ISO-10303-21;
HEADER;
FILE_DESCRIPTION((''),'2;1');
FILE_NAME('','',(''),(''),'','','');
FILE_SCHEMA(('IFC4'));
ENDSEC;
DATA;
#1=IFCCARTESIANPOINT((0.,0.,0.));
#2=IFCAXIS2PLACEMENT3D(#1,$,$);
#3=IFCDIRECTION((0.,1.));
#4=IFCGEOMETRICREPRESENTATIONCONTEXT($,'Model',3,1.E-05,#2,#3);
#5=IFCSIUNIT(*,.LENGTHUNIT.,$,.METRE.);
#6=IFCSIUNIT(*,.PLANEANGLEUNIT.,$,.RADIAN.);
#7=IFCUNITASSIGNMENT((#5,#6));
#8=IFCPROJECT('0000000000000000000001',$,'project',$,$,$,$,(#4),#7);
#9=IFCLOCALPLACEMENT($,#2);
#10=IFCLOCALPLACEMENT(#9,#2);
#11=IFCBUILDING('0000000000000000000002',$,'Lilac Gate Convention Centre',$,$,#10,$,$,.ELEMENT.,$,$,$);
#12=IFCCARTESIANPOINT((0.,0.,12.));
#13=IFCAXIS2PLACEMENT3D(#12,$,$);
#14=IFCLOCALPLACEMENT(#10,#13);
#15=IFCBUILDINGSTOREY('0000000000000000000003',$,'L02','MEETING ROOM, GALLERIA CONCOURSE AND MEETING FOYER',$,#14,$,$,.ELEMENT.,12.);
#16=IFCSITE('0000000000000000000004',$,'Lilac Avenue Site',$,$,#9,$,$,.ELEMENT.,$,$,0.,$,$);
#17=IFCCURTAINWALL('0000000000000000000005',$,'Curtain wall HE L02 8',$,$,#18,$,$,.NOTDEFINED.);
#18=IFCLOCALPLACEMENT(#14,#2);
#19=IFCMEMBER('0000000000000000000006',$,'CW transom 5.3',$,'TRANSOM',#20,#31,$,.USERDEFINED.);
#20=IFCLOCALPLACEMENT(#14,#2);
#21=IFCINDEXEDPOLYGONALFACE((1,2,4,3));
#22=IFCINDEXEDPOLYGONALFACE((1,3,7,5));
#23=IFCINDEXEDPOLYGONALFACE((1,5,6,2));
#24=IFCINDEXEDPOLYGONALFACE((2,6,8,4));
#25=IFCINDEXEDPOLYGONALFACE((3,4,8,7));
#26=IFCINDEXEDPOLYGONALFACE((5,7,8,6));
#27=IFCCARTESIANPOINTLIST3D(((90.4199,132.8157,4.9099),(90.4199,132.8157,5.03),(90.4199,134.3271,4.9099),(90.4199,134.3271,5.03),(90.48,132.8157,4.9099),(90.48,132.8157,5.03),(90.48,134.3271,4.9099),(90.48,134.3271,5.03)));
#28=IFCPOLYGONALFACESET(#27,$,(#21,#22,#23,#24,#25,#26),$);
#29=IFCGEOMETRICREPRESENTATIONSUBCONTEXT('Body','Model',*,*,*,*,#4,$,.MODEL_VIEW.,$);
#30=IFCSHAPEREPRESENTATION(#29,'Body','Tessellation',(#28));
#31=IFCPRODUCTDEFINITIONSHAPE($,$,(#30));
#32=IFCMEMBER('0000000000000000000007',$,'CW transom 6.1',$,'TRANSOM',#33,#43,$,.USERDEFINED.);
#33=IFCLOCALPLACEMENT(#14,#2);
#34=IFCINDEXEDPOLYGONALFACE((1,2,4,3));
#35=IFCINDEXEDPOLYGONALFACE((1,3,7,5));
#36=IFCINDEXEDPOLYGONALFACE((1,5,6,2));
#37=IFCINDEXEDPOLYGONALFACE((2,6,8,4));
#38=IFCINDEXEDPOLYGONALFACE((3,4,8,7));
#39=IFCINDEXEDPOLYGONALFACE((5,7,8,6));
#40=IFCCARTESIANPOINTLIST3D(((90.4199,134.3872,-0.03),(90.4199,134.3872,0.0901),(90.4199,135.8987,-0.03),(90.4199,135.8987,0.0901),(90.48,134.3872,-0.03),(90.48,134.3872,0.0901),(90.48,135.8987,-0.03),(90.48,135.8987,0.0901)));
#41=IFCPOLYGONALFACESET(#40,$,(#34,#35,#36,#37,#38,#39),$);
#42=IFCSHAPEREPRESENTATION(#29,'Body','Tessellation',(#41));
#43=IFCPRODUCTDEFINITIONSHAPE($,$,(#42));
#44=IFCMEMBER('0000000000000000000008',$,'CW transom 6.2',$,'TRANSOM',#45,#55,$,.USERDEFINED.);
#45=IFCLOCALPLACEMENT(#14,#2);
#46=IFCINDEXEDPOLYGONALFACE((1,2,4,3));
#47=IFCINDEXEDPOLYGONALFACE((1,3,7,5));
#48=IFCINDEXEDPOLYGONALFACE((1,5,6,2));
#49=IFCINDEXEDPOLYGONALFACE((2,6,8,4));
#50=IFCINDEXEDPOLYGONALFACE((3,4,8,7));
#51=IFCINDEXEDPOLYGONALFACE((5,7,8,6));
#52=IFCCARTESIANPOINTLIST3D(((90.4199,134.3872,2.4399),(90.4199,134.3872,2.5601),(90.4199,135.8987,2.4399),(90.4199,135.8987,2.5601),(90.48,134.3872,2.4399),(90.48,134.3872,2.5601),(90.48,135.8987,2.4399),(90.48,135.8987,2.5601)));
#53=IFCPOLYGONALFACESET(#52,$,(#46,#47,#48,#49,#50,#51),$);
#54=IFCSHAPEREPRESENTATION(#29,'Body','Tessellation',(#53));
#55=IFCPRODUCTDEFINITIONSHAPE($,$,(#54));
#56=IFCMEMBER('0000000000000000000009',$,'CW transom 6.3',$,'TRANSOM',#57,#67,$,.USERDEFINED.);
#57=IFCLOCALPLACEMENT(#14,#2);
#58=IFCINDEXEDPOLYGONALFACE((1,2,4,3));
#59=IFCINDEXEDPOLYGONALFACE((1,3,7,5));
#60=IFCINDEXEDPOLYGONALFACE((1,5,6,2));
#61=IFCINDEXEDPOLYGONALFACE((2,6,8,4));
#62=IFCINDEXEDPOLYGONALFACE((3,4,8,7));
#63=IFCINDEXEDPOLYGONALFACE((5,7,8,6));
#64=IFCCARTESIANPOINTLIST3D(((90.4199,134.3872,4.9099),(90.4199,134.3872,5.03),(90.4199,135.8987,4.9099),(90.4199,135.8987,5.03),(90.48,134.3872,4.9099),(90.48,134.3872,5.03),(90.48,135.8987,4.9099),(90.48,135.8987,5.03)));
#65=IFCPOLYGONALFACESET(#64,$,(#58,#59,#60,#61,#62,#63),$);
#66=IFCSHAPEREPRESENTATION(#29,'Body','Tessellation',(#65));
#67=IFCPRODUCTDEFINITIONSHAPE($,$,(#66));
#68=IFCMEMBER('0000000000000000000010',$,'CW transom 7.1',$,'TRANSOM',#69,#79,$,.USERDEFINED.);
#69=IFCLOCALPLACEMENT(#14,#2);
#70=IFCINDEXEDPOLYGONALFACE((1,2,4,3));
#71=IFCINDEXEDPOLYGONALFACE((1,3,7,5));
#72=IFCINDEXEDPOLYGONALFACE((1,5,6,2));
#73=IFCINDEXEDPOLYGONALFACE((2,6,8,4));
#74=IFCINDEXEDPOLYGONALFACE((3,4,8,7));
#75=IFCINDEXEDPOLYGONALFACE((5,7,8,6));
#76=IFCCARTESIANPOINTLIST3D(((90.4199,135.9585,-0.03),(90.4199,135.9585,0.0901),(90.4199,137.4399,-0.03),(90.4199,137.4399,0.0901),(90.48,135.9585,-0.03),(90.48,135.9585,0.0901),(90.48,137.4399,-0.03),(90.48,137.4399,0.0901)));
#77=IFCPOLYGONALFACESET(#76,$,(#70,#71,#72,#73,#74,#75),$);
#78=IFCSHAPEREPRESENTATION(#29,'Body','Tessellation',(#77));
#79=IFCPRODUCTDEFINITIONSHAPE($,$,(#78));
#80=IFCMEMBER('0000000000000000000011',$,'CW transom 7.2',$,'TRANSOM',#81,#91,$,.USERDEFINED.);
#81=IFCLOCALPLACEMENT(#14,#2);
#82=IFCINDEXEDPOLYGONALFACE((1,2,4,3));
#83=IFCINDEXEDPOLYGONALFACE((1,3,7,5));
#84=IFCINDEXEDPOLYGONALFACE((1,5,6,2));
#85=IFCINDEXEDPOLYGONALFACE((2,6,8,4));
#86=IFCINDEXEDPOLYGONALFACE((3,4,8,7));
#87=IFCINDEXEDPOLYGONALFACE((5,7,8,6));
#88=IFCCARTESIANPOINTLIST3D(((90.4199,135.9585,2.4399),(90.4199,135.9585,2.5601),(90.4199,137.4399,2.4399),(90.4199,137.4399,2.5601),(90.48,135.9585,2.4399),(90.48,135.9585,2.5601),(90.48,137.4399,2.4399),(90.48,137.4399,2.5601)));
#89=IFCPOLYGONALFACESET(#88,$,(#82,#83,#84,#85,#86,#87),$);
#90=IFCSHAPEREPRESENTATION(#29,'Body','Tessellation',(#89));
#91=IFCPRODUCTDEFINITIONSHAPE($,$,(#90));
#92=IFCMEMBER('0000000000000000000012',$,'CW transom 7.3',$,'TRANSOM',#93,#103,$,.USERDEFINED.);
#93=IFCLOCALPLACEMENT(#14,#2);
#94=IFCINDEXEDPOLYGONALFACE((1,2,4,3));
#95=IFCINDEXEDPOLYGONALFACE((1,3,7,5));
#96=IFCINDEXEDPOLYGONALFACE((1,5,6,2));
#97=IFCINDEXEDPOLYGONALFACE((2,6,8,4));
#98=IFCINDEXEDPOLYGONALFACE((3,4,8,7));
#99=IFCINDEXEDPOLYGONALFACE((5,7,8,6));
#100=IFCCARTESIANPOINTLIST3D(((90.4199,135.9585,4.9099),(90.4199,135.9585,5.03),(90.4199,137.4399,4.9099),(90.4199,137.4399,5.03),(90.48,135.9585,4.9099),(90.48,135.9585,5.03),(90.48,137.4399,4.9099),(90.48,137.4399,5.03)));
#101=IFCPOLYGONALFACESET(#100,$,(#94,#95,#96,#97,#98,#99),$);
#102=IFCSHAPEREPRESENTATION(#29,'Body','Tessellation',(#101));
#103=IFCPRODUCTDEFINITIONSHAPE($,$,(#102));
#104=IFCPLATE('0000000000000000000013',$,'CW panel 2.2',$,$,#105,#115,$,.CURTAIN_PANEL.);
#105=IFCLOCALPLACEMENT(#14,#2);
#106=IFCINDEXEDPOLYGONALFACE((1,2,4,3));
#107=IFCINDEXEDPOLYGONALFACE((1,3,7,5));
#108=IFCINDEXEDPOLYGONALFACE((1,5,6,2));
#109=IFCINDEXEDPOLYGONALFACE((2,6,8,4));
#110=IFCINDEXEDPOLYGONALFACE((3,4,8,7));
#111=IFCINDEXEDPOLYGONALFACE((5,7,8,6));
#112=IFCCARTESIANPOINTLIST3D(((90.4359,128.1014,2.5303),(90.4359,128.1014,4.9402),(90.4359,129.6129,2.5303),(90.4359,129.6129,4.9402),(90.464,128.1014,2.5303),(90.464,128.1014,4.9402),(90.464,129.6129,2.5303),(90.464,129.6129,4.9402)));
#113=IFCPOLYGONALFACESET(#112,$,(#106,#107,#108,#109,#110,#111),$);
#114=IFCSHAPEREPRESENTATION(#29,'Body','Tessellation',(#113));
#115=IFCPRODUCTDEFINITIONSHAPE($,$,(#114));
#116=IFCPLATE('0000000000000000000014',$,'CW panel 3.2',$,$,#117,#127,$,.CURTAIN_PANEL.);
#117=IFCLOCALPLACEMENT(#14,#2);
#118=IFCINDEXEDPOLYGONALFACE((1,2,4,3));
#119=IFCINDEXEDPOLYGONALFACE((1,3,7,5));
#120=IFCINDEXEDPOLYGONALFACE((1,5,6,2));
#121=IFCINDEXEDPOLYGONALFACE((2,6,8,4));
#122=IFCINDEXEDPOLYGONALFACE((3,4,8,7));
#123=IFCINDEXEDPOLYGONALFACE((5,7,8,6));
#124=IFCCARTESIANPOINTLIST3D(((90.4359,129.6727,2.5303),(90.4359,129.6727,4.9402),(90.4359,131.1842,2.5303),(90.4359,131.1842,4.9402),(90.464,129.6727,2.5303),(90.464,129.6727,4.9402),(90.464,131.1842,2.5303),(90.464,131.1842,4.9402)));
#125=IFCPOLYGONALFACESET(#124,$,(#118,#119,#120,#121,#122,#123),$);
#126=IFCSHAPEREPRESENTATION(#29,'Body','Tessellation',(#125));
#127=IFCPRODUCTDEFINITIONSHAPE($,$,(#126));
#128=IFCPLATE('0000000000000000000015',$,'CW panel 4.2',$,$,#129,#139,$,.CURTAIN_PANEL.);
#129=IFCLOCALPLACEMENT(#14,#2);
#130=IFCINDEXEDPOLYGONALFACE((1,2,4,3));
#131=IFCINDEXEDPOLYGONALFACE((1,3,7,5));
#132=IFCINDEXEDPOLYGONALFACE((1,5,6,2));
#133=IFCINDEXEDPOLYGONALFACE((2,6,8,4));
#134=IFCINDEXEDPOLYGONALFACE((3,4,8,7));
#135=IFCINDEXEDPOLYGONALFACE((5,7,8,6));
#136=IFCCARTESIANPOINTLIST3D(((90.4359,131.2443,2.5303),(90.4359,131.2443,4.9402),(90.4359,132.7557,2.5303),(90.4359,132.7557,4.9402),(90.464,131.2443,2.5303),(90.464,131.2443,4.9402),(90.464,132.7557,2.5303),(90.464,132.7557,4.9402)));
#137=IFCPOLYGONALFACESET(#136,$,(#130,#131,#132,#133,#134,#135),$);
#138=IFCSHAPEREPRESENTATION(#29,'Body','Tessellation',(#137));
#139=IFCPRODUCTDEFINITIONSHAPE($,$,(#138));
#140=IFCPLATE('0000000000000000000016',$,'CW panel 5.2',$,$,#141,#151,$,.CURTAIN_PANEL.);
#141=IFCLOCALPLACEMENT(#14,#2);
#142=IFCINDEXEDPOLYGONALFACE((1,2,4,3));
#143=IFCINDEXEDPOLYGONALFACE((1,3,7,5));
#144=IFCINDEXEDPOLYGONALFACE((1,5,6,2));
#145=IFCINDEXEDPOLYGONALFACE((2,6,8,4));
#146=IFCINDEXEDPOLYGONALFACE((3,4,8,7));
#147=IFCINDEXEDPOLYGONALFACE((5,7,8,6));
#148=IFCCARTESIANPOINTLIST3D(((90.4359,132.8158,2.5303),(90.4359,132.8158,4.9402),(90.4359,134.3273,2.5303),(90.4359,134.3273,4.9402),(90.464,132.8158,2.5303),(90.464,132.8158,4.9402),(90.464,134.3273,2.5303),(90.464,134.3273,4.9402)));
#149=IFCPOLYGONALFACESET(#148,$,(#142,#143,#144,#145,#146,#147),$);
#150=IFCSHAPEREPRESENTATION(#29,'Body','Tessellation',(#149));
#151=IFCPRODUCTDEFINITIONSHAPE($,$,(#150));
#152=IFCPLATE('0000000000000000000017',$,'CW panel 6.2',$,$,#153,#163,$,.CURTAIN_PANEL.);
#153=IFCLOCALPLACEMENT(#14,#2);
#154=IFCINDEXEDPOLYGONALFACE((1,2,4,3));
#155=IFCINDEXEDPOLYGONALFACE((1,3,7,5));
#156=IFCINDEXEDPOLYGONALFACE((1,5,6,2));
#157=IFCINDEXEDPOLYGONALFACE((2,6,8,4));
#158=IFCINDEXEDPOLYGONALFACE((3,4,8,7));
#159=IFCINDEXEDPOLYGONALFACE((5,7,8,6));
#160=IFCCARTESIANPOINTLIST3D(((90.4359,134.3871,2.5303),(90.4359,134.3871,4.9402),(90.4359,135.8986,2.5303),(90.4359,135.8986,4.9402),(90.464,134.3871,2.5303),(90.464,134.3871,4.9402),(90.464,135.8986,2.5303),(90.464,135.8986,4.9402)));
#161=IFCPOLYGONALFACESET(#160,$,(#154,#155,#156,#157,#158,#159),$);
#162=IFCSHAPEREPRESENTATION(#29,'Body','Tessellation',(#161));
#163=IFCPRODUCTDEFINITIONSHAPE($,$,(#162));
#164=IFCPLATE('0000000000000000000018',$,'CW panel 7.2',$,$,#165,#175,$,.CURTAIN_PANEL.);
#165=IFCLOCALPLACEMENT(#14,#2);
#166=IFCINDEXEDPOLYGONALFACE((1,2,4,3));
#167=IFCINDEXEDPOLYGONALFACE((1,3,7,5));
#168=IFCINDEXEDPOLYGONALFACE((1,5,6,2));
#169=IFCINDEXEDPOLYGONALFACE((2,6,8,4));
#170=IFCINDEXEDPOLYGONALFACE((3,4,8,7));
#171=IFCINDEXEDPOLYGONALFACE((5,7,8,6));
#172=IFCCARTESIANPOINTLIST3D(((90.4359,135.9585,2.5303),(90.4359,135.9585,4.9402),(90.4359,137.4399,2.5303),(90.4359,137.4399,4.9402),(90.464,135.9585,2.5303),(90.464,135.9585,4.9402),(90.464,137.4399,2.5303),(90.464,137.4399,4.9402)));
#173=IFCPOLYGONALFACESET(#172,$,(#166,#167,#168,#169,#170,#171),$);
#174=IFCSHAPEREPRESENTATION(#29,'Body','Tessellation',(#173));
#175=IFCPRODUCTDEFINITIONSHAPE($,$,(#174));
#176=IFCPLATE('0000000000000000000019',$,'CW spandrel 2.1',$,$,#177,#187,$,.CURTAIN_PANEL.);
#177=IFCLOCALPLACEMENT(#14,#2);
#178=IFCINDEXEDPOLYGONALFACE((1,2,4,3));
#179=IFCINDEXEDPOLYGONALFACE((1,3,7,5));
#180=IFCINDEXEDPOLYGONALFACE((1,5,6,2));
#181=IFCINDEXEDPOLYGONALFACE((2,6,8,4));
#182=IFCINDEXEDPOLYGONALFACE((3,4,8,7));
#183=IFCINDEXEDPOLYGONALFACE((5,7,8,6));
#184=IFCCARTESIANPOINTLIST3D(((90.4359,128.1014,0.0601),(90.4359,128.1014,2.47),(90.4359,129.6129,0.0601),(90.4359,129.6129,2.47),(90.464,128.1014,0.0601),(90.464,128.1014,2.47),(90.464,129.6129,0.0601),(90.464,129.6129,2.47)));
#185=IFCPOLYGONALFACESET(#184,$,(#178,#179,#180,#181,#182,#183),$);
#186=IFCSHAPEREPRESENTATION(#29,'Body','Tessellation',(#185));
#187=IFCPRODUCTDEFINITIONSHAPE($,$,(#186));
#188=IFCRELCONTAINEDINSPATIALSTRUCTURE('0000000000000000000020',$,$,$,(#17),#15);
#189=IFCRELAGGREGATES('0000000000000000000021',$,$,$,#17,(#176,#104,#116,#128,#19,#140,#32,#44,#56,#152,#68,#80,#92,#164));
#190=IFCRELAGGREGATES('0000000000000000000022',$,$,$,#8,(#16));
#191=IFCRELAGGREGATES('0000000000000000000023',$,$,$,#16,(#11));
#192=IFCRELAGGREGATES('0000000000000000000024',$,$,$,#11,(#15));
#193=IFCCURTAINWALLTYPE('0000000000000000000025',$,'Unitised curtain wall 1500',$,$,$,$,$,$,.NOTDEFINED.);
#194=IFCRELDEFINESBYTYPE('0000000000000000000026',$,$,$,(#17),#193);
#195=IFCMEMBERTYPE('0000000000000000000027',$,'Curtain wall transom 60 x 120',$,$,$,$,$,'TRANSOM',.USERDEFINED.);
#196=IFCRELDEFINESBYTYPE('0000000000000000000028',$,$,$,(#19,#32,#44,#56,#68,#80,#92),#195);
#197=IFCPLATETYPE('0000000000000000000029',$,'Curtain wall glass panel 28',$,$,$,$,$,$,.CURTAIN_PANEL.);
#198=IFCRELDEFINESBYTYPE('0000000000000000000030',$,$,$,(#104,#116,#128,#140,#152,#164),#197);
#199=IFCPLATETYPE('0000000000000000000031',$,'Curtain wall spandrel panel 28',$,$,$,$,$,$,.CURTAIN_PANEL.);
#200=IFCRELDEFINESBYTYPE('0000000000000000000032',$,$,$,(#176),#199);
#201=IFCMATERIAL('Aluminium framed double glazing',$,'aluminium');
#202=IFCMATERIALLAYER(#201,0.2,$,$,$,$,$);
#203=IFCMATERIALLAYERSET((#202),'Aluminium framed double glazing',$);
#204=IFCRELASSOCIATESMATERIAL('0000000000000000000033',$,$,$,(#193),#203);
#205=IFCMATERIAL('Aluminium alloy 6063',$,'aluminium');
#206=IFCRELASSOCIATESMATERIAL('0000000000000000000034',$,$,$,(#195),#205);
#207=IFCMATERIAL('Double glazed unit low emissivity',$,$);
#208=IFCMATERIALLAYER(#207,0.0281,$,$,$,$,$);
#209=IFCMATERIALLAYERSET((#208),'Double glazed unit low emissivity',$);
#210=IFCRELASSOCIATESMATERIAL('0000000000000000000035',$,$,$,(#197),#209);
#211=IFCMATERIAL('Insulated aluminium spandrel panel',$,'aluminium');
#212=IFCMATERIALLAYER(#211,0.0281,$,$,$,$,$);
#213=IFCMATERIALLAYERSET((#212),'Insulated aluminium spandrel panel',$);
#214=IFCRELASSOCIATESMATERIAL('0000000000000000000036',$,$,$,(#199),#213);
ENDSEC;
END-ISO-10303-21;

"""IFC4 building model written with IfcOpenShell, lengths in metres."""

from ifc_helpers import new_model, si_unit, direction, frame, origin, origin_2d, place, context, subcontext, project, spatial, rectangle, extrude, material, layer, layer_set, material_profile, profile_set, type_object, element, aggregate, save


model = new_model("IFC4")

# Units and contexts
model_context = context("Model", 3, precision=1e-05, world=origin(), true_north=direction((0.0, 1.0)))
body_context = subcontext(model_context, "Body", "Model", "MODEL_VIEW")
ifc_project = project(units=[si_unit("LENGTHUNIT", "METRE"), si_unit("PLANEANGLEUNIT", "RADIAN")], contexts=[model_context])

# Site, building, storey
site_placement = place(None, origin())
site = spatial("IfcSite", under=ifc_project, at=site_placement, Name="Lilac Avenue Site", CompositionType="ELEMENT", RefElevation=0.0)
building_placement = place(site_placement, origin())
building = spatial("IfcBuilding", under=site, at=building_placement, Name="Lilac Gate Convention Centre", CompositionType="ELEMENT")
storey_placement = place(building_placement, frame((0.0, 0.0, 12.0)))
storey = spatial("IfcBuildingStorey", under=building, at=storey_placement, Name="L02", Description="MEETING ROOM, GALLERIA CONCOURSE AND MEETING FOYER", CompositionType="ELEMENT", Elevation=12.0)

# Curtain wall, members, plates
ifc_material_1 = material(Name="Aluminium framed double glazing", Category="aluminium")
ifc_layer_1 = layer(ifc_material_1, 0.2)
ifc_layer_set_1 = layer_set([ifc_layer_1], Name="Aluminium framed double glazing")
curtain_wall_type = type_object("IfcCurtainWallType", Name="Unitised curtain wall 1500", PredefinedType="NOTDEFINED", material=ifc_layer_set_1)
curtain_wall_placement = place(storey_placement, origin())
curtain_wall = element("IfcCurtainWall", 1, at=curtain_wall_placement, inside=storey, type_object=curtain_wall_type, Name="Curtain wall HE L02 8", PredefinedType="NOTDEFINED")
ifc_material_2 = material(Name="Aluminium alloy 6063", Category="aluminium")
ifc_material_profile_1 = material_profile(ifc_material_2, rectangle(XDim=0.0601, YDim=0.1201, at=origin_2d()), Name="Curtain wall transom 60 x 120")
ifc_profile_set_1 = profile_set([ifc_material_profile_1], Name="Aluminium alloy 6063")
member_type_1 = type_object("IfcMemberType", Name="Curtain wall transom 60 x 120", ElementType="TRANSOM", PredefinedType="USERDEFINED", material=ifc_profile_set_1)
member_1_placement = place(storey_placement, frame((90.45, 132.8157, 4.97), z_axis=(0.0, 1.0, 0.0), x_axis=(-1.0, 0.0, 0.0)))
member_1 = element("IfcMember", 2, at=member_1_placement, type_object=member_type_1, Name="CW transom 5.3", ObjectType="TRANSOM", PredefinedType="USERDEFINED", context=body_context, shape_type="SweptSolid", body=[
    extrude(rectangle(XDim=0.0601, YDim=0.1201, at=origin_2d()), origin(), (0.0, 0.0, 1.0), 1.5115),
])
member_2_placement = place(storey_placement, frame((90.45, 134.3872, 0.03), z_axis=(0.0, 1.0, 0.0), x_axis=(-1.0, 0.0, 0.0)))
member_2 = element("IfcMember", 3, at=member_2_placement, type_object=member_type_1, Name="CW transom 6.1", ObjectType="TRANSOM", PredefinedType="USERDEFINED", context=body_context, shape_type="SweptSolid", body=[
    extrude(rectangle(XDim=0.0601, YDim=0.1201, at=origin_2d()), origin(), (0.0, 0.0, 1.0), 1.5115),
])
member_3_placement = place(storey_placement, frame((90.45, 134.3872, 2.5), z_axis=(0.0, 1.0, 0.0), x_axis=(-1.0, 0.0, 0.0)))
member_3 = element("IfcMember", 4, at=member_3_placement, type_object=member_type_1, Name="CW transom 6.2", ObjectType="TRANSOM", PredefinedType="USERDEFINED", context=body_context, shape_type="SweptSolid", body=[
    extrude(rectangle(XDim=0.0601, YDim=0.1201, at=origin_2d()), origin(), (0.0, 0.0, 1.0), 1.5115),
])
member_4_placement = place(storey_placement, frame((90.45, 134.3872, 4.97), z_axis=(0.0, 1.0, 0.0), x_axis=(-1.0, 0.0, 0.0)))
member_4 = element("IfcMember", 5, at=member_4_placement, type_object=member_type_1, Name="CW transom 6.3", ObjectType="TRANSOM", PredefinedType="USERDEFINED", context=body_context, shape_type="SweptSolid", body=[
    extrude(rectangle(XDim=0.0601, YDim=0.1201, at=origin_2d()), origin(), (0.0, 0.0, 1.0), 1.5115),
])
member_5_placement = place(storey_placement, frame((90.45, 135.9585, 0.03), z_axis=(0.0, 1.0, 0.0), x_axis=(-1.0, 0.0, 0.0)))
member_5 = element("IfcMember", 6, at=member_5_placement, type_object=member_type_1, Name="CW transom 7.1", ObjectType="TRANSOM", PredefinedType="USERDEFINED", context=body_context, shape_type="SweptSolid", body=[
    extrude(rectangle(XDim=0.0601, YDim=0.1201, at=origin_2d()), origin(), (0.0, 0.0, 1.0), 1.4814),
])
member_6_placement = place(storey_placement, frame((90.45, 135.9585, 2.5), z_axis=(0.0, 1.0, 0.0), x_axis=(-1.0, 0.0, 0.0)))
member_6 = element("IfcMember", 7, at=member_6_placement, type_object=member_type_1, Name="CW transom 7.2", ObjectType="TRANSOM", PredefinedType="USERDEFINED", context=body_context, shape_type="SweptSolid", body=[
    extrude(rectangle(XDim=0.0601, YDim=0.1201, at=origin_2d()), origin(), (0.0, 0.0, 1.0), 1.4814),
])
member_7_placement = place(storey_placement, frame((90.45, 135.9585, 4.97), z_axis=(0.0, 1.0, 0.0), x_axis=(-1.0, 0.0, 0.0)))
member_7 = element("IfcMember", 8, at=member_7_placement, type_object=member_type_1, Name="CW transom 7.3", ObjectType="TRANSOM", PredefinedType="USERDEFINED", context=body_context, shape_type="SweptSolid", body=[
    extrude(rectangle(XDim=0.0601, YDim=0.1201, at=origin_2d()), origin(), (0.0, 0.0, 1.0), 1.4814),
])
ifc_material_3 = material(Name="Double glazed unit low emissivity")
ifc_layer_2 = layer(ifc_material_3, 0.0281)
ifc_layer_set_2 = layer_set([ifc_layer_2], Name="Double glazed unit low emissivity")
plate_type_1 = type_object("IfcPlateType", Name="Curtain wall glass panel 28", PredefinedType="CURTAIN_PANEL", material=ifc_layer_set_2)
plate_1_placement = place(storey_placement, frame((90.45, 128.8572, 2.5303), z_axis=(0.0, 0.0, 1.0), x_axis=(0.0, 1.0, 0.0)))
plate_1 = element("IfcPlate", 9, at=plate_1_placement, type_object=plate_type_1, Name="CW panel 2.2", PredefinedType="CURTAIN_PANEL", context=body_context, shape_type="SweptSolid", body=[
    extrude(rectangle(XDim=1.5115, YDim=0.0281, at=origin_2d()), origin(), (0.0, 0.0, 1.0), 2.4099),
])
plate_2_placement = place(storey_placement, frame((90.45, 130.4285, 2.5303), z_axis=(0.0, 0.0, 1.0), x_axis=(0.0, 1.0, 0.0)))
plate_2 = element("IfcPlate", 10, at=plate_2_placement, type_object=plate_type_1, Name="CW panel 3.2", PredefinedType="CURTAIN_PANEL", context=body_context, shape_type="SweptSolid", body=[
    extrude(rectangle(XDim=1.5115, YDim=0.0281, at=origin_2d()), origin(), (0.0, 0.0, 1.0), 2.4099),
])
plate_3_placement = place(storey_placement, frame((90.45, 132.0, 2.5303), z_axis=(0.0, 0.0, 1.0), x_axis=(0.0, 1.0, 0.0)))
plate_3 = element("IfcPlate", 11, at=plate_3_placement, type_object=plate_type_1, Name="CW panel 4.2", PredefinedType="CURTAIN_PANEL", context=body_context, shape_type="SweptSolid", body=[
    extrude(rectangle(XDim=1.5115, YDim=0.0281, at=origin_2d()), origin(), (0.0, 0.0, 1.0), 2.4099),
])
plate_4_placement = place(storey_placement, frame((90.45, 133.5715, 2.5303), z_axis=(0.0, 0.0, 1.0), x_axis=(0.0, 1.0, 0.0)))
plate_4 = element("IfcPlate", 12, at=plate_4_placement, type_object=plate_type_1, Name="CW panel 5.2", PredefinedType="CURTAIN_PANEL", context=body_context, shape_type="SweptSolid", body=[
    extrude(rectangle(XDim=1.5115, YDim=0.0281, at=origin_2d()), origin(), (0.0, 0.0, 1.0), 2.4099),
])
plate_5_placement = place(storey_placement, frame((90.45, 135.1428, 2.5303), z_axis=(0.0, 0.0, 1.0), x_axis=(0.0, 1.0, 0.0)))
plate_5 = element("IfcPlate", 13, at=plate_5_placement, type_object=plate_type_1, Name="CW panel 6.2", PredefinedType="CURTAIN_PANEL", context=body_context, shape_type="SweptSolid", body=[
    extrude(rectangle(XDim=1.5115, YDim=0.0281, at=origin_2d()), origin(), (0.0, 0.0, 1.0), 2.4099),
])
plate_6_placement = place(storey_placement, frame((90.45, 136.6992, 2.5303), z_axis=(0.0, 0.0, 1.0), x_axis=(0.0, 1.0, 0.0)))
plate_6 = element("IfcPlate", 14, at=plate_6_placement, type_object=plate_type_1, Name="CW panel 7.2", PredefinedType="CURTAIN_PANEL", context=body_context, shape_type="SweptSolid", body=[
    extrude(rectangle(XDim=1.4814, YDim=0.0281, at=origin_2d()), origin(), (0.0, 0.0, 1.0), 2.4099),
])
ifc_material_4 = material(Name="Insulated aluminium spandrel panel", Category="aluminium")
ifc_layer_3 = layer(ifc_material_4, 0.0281)
ifc_layer_set_3 = layer_set([ifc_layer_3], Name="Insulated aluminium spandrel panel")
plate_type_2 = type_object("IfcPlateType", Name="Curtain wall spandrel panel 28", PredefinedType="CURTAIN_PANEL", material=ifc_layer_set_3)
plate_7_placement = place(storey_placement, frame((90.45, 128.8572, 0.0601), z_axis=(0.0, 0.0, 1.0), x_axis=(0.0, 1.0, 0.0)))
plate_7 = element("IfcPlate", 15, at=plate_7_placement, type_object=plate_type_2, Name="CW spandrel 2.1", PredefinedType="CURTAIN_PANEL", context=body_context, shape_type="SweptSolid", body=[
    extrude(rectangle(XDim=1.5115, YDim=0.0281, at=origin_2d()), origin(), (0.0, 0.0, 1.0), 2.4099),
])
aggregate(curtain_wall, [plate_7, plate_1, plate_2, plate_3, member_1, plate_4, member_2, member_3, member_4, plate_5, member_5, member_6, member_7, plate_6])

save(model, "model.ifc")
